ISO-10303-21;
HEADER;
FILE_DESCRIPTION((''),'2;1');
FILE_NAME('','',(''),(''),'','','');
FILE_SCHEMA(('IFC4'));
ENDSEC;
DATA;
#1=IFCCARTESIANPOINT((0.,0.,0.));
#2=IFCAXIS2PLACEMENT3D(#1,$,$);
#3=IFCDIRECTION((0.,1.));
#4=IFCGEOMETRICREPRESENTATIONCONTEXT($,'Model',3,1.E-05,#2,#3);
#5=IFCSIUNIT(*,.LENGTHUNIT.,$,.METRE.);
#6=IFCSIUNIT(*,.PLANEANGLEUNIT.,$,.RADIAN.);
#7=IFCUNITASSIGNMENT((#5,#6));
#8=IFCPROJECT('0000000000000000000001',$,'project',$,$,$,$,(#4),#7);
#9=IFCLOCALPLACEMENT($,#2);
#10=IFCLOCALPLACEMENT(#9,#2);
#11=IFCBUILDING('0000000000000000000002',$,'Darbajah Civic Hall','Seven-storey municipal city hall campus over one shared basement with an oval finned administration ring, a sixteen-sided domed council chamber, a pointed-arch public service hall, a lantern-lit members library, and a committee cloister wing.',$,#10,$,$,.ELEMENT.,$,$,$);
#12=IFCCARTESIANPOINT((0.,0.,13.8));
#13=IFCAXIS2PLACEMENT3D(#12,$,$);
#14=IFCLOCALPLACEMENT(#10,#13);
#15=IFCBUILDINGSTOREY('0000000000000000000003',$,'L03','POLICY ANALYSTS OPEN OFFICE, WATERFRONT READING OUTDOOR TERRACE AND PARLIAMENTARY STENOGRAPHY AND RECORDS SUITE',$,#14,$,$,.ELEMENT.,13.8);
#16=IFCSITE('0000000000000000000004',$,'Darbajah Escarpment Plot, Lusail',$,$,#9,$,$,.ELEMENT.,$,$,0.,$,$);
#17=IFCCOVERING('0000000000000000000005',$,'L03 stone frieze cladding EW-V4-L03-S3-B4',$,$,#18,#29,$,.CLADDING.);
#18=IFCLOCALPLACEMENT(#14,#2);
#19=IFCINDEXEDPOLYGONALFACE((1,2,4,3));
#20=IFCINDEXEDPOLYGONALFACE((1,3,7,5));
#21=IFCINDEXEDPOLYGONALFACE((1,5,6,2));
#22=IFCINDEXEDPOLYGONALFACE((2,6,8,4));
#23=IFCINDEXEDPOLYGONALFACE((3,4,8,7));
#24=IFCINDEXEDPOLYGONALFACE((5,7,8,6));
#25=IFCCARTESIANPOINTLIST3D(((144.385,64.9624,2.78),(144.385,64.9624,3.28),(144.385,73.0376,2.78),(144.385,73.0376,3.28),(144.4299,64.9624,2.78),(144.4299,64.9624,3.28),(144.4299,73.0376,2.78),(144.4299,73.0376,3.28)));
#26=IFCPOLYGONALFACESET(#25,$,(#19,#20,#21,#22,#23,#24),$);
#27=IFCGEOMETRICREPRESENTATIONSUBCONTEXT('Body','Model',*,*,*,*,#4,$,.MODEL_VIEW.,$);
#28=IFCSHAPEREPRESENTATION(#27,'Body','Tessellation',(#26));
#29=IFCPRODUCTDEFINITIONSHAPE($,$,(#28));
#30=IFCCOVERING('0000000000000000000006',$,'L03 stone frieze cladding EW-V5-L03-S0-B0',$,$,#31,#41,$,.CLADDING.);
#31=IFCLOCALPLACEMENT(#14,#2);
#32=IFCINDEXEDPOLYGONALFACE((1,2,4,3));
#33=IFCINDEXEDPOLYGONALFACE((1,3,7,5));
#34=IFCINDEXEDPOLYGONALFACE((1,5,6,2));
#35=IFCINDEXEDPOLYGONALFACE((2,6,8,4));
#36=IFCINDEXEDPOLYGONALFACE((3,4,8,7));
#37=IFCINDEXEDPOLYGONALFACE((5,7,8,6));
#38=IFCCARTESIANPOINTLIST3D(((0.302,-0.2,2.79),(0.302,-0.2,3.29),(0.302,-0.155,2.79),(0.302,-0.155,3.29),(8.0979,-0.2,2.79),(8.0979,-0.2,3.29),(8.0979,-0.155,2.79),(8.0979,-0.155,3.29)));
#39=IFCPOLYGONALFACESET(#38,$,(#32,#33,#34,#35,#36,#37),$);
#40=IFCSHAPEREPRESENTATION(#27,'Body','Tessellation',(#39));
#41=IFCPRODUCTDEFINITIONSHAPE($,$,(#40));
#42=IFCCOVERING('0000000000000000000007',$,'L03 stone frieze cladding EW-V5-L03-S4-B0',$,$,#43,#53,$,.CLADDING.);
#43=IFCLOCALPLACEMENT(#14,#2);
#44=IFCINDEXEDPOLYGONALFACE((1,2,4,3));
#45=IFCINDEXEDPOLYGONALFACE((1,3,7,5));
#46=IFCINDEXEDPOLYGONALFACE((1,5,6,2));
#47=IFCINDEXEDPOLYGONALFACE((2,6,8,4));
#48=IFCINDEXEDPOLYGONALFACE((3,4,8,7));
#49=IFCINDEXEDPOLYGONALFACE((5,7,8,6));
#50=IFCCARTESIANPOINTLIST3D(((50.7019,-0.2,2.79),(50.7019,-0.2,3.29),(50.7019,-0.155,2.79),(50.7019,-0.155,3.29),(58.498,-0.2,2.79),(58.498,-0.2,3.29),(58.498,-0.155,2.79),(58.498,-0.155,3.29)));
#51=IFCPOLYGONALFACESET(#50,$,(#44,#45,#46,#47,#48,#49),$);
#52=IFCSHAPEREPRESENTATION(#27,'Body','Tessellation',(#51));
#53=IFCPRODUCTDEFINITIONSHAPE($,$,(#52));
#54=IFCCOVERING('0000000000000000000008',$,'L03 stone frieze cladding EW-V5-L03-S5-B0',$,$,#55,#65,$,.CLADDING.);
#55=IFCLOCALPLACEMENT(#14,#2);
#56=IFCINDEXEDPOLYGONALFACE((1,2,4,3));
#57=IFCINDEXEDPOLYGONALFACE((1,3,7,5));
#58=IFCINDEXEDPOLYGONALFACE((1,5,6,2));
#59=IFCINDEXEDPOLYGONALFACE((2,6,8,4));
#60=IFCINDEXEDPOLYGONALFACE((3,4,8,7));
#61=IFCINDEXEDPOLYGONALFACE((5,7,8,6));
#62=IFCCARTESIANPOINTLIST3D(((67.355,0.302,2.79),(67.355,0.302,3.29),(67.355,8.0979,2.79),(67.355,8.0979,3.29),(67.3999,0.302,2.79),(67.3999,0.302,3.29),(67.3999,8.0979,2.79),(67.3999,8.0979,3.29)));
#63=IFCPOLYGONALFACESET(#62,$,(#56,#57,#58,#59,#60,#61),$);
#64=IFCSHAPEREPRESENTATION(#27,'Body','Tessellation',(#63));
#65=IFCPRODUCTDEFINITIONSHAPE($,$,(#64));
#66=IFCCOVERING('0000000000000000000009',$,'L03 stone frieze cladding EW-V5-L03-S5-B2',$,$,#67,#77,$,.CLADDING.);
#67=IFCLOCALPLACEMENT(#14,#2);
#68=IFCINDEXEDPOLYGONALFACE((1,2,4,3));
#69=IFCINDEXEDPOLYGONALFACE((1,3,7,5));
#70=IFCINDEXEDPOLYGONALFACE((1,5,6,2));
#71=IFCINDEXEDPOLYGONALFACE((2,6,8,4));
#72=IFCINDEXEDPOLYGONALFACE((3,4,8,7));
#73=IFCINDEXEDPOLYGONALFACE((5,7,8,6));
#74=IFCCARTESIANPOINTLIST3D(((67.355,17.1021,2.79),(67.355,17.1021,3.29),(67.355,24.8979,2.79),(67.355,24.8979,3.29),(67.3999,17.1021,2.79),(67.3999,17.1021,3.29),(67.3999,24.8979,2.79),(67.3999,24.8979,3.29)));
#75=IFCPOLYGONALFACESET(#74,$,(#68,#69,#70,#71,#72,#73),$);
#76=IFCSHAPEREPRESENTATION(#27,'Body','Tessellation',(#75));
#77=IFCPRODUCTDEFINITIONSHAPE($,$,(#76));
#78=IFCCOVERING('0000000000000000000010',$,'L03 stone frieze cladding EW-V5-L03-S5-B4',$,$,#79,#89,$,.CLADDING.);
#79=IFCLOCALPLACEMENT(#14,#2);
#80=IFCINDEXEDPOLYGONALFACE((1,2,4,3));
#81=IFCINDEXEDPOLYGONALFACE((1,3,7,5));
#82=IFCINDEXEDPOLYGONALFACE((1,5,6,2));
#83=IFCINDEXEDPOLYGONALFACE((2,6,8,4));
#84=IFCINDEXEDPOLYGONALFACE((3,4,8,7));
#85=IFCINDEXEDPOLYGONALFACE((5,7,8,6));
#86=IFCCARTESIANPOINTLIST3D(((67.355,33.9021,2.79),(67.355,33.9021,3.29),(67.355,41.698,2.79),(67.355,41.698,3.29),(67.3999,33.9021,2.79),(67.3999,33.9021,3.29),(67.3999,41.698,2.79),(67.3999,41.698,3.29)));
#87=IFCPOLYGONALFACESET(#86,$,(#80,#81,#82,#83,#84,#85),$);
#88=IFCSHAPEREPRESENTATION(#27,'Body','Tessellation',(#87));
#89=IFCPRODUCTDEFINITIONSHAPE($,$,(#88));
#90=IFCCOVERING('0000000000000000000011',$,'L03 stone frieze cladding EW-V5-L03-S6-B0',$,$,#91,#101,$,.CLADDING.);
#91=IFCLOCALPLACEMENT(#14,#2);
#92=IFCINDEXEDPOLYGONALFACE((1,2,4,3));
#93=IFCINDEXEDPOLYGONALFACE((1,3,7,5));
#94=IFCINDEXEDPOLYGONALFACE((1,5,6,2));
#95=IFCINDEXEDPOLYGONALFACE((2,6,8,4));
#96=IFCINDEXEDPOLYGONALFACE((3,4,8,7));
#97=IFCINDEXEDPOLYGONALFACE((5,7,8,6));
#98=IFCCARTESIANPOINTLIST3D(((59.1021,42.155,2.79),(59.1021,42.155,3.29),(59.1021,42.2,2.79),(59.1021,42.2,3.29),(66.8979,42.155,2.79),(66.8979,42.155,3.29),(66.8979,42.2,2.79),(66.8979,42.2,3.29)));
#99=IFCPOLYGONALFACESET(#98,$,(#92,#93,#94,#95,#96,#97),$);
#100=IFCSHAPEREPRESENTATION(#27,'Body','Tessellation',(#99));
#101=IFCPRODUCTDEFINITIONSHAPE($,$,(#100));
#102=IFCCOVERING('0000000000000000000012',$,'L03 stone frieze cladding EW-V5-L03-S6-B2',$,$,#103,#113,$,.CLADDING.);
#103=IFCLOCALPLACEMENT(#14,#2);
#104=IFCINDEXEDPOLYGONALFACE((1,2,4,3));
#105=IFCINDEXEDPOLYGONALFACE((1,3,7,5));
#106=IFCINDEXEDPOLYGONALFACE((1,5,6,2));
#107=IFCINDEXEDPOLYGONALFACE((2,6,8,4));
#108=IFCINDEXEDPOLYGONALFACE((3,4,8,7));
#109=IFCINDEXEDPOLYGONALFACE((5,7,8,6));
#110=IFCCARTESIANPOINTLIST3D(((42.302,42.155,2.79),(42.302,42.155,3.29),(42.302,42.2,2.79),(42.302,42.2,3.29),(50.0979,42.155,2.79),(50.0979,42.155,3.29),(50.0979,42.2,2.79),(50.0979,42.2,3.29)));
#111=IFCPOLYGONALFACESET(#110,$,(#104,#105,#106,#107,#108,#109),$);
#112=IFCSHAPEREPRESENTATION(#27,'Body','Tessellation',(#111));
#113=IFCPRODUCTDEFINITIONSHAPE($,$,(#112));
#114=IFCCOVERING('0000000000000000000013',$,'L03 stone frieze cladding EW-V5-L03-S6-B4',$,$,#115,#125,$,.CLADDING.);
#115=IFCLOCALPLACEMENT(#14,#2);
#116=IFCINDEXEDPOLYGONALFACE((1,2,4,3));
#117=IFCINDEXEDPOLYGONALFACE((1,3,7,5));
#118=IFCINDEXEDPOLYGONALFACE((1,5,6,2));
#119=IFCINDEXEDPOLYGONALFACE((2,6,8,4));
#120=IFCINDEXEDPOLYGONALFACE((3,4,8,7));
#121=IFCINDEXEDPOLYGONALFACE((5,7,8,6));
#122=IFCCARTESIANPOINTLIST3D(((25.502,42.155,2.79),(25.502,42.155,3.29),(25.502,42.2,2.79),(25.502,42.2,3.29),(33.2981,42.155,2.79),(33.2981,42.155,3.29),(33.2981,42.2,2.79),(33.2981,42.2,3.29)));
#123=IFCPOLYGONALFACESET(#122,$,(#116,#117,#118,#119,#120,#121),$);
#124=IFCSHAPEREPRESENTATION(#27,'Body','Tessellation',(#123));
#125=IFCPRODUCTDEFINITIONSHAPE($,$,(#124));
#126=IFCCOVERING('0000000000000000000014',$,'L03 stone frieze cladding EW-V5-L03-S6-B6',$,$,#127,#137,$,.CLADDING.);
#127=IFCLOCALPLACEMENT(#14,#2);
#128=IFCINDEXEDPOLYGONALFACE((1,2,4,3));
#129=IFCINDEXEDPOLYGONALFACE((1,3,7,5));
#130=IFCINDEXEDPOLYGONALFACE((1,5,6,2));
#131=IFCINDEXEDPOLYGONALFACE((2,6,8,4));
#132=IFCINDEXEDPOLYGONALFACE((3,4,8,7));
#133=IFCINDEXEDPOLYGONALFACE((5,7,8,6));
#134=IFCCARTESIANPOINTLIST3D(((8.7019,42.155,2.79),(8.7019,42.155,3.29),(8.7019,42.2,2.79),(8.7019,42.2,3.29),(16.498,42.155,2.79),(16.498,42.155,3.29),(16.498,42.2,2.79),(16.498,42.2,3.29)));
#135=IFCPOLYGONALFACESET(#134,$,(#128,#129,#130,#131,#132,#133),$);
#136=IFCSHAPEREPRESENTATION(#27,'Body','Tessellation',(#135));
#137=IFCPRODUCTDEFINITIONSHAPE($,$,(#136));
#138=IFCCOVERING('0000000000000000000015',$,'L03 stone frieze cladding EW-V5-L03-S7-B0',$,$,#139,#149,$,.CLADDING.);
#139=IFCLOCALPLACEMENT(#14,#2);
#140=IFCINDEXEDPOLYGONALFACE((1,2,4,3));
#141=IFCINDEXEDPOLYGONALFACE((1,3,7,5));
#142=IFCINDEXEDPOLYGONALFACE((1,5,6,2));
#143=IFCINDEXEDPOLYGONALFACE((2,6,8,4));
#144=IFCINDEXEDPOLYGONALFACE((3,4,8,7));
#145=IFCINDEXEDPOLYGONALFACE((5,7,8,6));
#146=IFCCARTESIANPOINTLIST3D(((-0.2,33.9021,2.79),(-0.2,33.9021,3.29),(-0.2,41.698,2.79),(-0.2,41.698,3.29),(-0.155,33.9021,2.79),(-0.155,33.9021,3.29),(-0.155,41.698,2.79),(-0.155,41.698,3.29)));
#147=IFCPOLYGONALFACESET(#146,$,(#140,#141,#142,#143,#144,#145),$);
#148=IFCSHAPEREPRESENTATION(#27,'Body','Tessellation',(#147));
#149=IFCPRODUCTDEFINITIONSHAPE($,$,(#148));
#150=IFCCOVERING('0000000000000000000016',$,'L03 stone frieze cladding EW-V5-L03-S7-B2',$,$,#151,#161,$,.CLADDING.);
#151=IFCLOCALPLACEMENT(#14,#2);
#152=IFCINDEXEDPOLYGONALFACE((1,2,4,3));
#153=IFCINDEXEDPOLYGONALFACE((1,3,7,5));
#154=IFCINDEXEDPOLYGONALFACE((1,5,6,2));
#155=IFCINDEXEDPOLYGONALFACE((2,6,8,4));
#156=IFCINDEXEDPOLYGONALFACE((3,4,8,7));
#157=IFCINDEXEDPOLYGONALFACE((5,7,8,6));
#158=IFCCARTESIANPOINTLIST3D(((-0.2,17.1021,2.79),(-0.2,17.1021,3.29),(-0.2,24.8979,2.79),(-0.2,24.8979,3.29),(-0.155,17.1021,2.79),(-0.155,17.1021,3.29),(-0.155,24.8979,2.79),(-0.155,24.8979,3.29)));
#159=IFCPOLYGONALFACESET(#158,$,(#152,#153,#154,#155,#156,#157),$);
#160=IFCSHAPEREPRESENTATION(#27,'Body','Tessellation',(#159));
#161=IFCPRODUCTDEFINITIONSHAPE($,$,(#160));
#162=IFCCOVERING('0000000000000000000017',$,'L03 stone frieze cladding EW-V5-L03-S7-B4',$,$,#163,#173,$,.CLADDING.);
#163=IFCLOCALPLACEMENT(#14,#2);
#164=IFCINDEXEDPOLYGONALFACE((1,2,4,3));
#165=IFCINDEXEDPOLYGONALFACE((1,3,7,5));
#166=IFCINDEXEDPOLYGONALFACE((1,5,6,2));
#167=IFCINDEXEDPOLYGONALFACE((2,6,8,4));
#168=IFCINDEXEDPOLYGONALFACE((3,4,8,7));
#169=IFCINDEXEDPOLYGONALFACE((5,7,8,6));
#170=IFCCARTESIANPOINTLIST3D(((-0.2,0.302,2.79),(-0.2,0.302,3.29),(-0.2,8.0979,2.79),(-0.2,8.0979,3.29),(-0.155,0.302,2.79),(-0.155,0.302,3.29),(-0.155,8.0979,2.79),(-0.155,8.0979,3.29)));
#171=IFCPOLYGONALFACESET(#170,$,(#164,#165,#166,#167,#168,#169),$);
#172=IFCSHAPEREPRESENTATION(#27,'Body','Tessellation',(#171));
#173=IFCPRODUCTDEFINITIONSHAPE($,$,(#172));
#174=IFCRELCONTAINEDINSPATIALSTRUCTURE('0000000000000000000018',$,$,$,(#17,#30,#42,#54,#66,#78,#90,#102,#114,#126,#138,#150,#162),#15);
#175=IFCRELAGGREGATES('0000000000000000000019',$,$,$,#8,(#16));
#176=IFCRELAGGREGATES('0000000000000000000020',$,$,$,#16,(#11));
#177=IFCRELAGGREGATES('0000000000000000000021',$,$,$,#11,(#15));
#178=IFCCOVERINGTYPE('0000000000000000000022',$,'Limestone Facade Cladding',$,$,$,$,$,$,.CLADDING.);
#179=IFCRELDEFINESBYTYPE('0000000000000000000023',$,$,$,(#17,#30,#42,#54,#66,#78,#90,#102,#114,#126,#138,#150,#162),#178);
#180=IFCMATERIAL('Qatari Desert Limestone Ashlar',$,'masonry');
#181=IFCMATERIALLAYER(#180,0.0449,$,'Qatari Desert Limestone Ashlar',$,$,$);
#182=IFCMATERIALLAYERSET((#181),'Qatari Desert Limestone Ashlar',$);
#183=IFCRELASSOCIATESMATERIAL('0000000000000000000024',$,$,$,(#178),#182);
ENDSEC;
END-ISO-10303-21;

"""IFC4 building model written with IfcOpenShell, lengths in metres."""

from ifc_helpers import new_model, si_unit, direction, frame, origin, place, context, subcontext, project, spatial, polyline, outline, extrude, material, layer, layer_set, type_object, element, save


model = new_model("IFC4")

# Units and contexts
model_context = context("Model", 3, precision=1e-05, world=origin(), true_north=direction((0.0, 1.0)))
body_context = subcontext(model_context, "Body", "Model", "MODEL_VIEW")
ifc_project = project(units=[si_unit("LENGTHUNIT", "METRE"), si_unit("PLANEANGLEUNIT", "RADIAN")], contexts=[model_context])

# Site, building, storey
site_placement = place(None, origin())
site = spatial("IfcSite", under=ifc_project, at=site_placement, Name="Darbajah Escarpment Plot, Lusail", CompositionType="ELEMENT", RefElevation=0.0)
building_placement = place(site_placement, origin())
building = spatial("IfcBuilding", under=site, at=building_placement, Name="Darbajah Civic Hall", Description="Seven-storey municipal city hall campus over one shared basement with an oval finned administration ring, a sixteen-sided domed council chamber, a pointed-arch public service hall, a lantern-lit members library, and a committee cloister wing.", CompositionType="ELEMENT")
storey_placement = place(building_placement, frame((0.0, 0.0, 13.8)))
storey = spatial("IfcBuildingStorey", under=building, at=storey_placement, Name="L03", Description="POLICY ANALYSTS OPEN OFFICE, WATERFRONT READING OUTDOOR TERRACE AND PARLIAMENTARY STENOGRAPHY AND RECORDS SUITE", CompositionType="ELEMENT", Elevation=13.8)

# Coverings
ifc_material = material(Name="Qatari Desert Limestone Ashlar", Category="masonry")
ifc_layer = layer(ifc_material, 0.0449, Name="Qatari Desert Limestone Ashlar")
ifc_layer_set = layer_set([ifc_layer], Name="Qatari Desert Limestone Ashlar")
covering_type = type_object("IfcCoveringType", Name="Limestone Facade Cladding", PredefinedType="CLADDING", material=ifc_layer_set)
covering_1_placement = place(storey_placement, frame((0.0, 0.0, 2.78)))
element("IfcCovering", 1, at=covering_1_placement, inside=storey, type_object=covering_type, Name="L03 stone frieze cladding EW-V4-L03-S3-B4", PredefinedType="CLADDING", context=body_context, shape_type="SweptSolid", body=[
    extrude(outline(polyline([(144.4299, 73.0376), (144.4299, 64.9624), (144.385, 64.9624), (144.385, 73.0376), (144.4299, 73.0376)])), origin(), (0.0, 0.0, 1.0), 0.5),
])
covering_2_placement = place(storey_placement, frame((0.0, 0.0, 2.79)))
element("IfcCovering", 2, at=covering_2_placement, inside=storey, type_object=covering_type, Name="L03 stone frieze cladding EW-V5-L03-S0-B0", PredefinedType="CLADDING", context=body_context, shape_type="SweptSolid", body=[
    extrude(outline(polyline([(0.302, -0.155), (8.0979, -0.155), (8.0979, -0.2), (0.302, -0.2), (0.302, -0.155)])), origin(), (0.0, 0.0, 1.0), 0.5),
])
covering_3_placement = place(storey_placement, frame((0.0, 0.0, 2.79)))
element("IfcCovering", 3, at=covering_3_placement, inside=storey, type_object=covering_type, Name="L03 stone frieze cladding EW-V5-L03-S4-B0", PredefinedType="CLADDING", context=body_context, shape_type="SweptSolid", body=[
    extrude(outline(polyline([(50.7019, -0.155), (58.498, -0.155), (58.498, -0.2), (50.7019, -0.2), (50.7019, -0.155)])), origin(), (0.0, 0.0, 1.0), 0.5),
])
covering_4_placement = place(storey_placement, frame((0.0, 0.0, 2.79)))
element("IfcCovering", 4, at=covering_4_placement, inside=storey, type_object=covering_type, Name="L03 stone frieze cladding EW-V5-L03-S5-B0", PredefinedType="CLADDING", context=body_context, shape_type="SweptSolid", body=[
    extrude(outline(polyline([(67.355, 0.302), (67.355, 8.0979), (67.3999, 8.0979), (67.3999, 0.302), (67.355, 0.302)])), origin(), (0.0, 0.0, 1.0), 0.5),
])
covering_5_placement = place(storey_placement, frame((0.0, 0.0, 2.79)))
element("IfcCovering", 5, at=covering_5_placement, inside=storey, type_object=covering_type, Name="L03 stone frieze cladding EW-V5-L03-S5-B2", PredefinedType="CLADDING", context=body_context, shape_type="SweptSolid", body=[
    extrude(outline(polyline([(67.355, 17.1021), (67.355, 24.8979), (67.3999, 24.8979), (67.3999, 17.1021), (67.355, 17.1021)])), origin(), (0.0, 0.0, 1.0), 0.5),
])
covering_6_placement = place(storey_placement, frame((0.0, 0.0, 2.79)))
element("IfcCovering", 6, at=covering_6_placement, inside=storey, type_object=covering_type, Name="L03 stone frieze cladding EW-V5-L03-S5-B4", PredefinedType="CLADDING", context=body_context, shape_type="SweptSolid", body=[
    extrude(outline(polyline([(67.355, 33.9021), (67.355, 41.698), (67.3999, 41.698), (67.3999, 33.9021), (67.355, 33.9021)])), origin(), (0.0, 0.0, 1.0), 0.5),
])
covering_7_placement = place(storey_placement, frame((0.0, 0.0, 2.79)))
element("IfcCovering", 7, at=covering_7_placement, inside=storey, type_object=covering_type, Name="L03 stone frieze cladding EW-V5-L03-S6-B0", PredefinedType="CLADDING", context=body_context, shape_type="SweptSolid", body=[
    extrude(outline(polyline([(66.8979, 42.155), (59.1021, 42.155), (59.1021, 42.2), (66.8979, 42.2), (66.8979, 42.155)])), origin(), (0.0, 0.0, 1.0), 0.5),
])
covering_8_placement = place(storey_placement, frame((0.0, 0.0, 2.79)))
element("IfcCovering", 8, at=covering_8_placement, inside=storey, type_object=covering_type, Name="L03 stone frieze cladding EW-V5-L03-S6-B2", PredefinedType="CLADDING", context=body_context, shape_type="SweptSolid", body=[
    extrude(outline(polyline([(50.0979, 42.155), (42.302, 42.155), (42.302, 42.2), (50.0979, 42.2), (50.0979, 42.155)])), origin(), (0.0, 0.0, 1.0), 0.5),
])
covering_9_placement = place(storey_placement, frame((0.0, 0.0, 2.79)))
element("IfcCovering", 9, at=covering_9_placement, inside=storey, type_object=covering_type, Name="L03 stone frieze cladding EW-V5-L03-S6-B4", PredefinedType="CLADDING", context=body_context, shape_type="SweptSolid", body=[
    extrude(outline(polyline([(33.2981, 42.155), (25.502, 42.155), (25.502, 42.2), (33.2981, 42.2), (33.2981, 42.155)])), origin(), (0.0, 0.0, 1.0), 0.5),
])
covering_10_placement = place(storey_placement, frame((0.0, 0.0, 2.79)))
element("IfcCovering", 10, at=covering_10_placement, inside=storey, type_object=covering_type, Name="L03 stone frieze cladding EW-V5-L03-S6-B6", PredefinedType="CLADDING", context=body_context, shape_type="SweptSolid", body=[
    extrude(outline(polyline([(16.498, 42.155), (8.7019, 42.155), (8.7019, 42.2), (16.498, 42.2), (16.498, 42.155)])), origin(), (0.0, 0.0, 1.0), 0.5),
])
covering_11_placement = place(storey_placement, frame((0.0, 0.0, 2.79)))
element("IfcCovering", 11, at=covering_11_placement, inside=storey, type_object=covering_type, Name="L03 stone frieze cladding EW-V5-L03-S7-B0", PredefinedType="CLADDING", context=body_context, shape_type="SweptSolid", body=[
    extrude(outline(polyline([(-0.155, 41.698), (-0.155, 33.9021), (-0.2, 33.9021), (-0.2, 41.698), (-0.155, 41.698)])), origin(), (0.0, 0.0, 1.0), 0.5),
])
covering_12_placement = place(storey_placement, frame((0.0, 0.0, 2.79)))
element("IfcCovering", 12, at=covering_12_placement, inside=storey, type_object=covering_type, Name="L03 stone frieze cladding EW-V5-L03-S7-B2", PredefinedType="CLADDING", context=body_context, shape_type="SweptSolid", body=[
    extrude(outline(polyline([(-0.155, 24.8979), (-0.155, 17.1021), (-0.2, 17.1021), (-0.2, 24.8979), (-0.155, 24.8979)])), origin(), (0.0, 0.0, 1.0), 0.5),
])
covering_13_placement = place(storey_placement, frame((0.0, 0.0, 2.79)))
element("IfcCovering", 13, at=covering_13_placement, inside=storey, type_object=covering_type, Name="L03 stone frieze cladding EW-V5-L03-S7-B4", PredefinedType="CLADDING", context=body_context, shape_type="SweptSolid", body=[
    extrude(outline(polyline([(-0.155, 8.0979), (-0.155, 0.302), (-0.2, 0.302), (-0.2, 8.0979), (-0.155, 8.0979)])), origin(), (0.0, 0.0, 1.0), 0.5),
])

save(model, "model.ifc")
